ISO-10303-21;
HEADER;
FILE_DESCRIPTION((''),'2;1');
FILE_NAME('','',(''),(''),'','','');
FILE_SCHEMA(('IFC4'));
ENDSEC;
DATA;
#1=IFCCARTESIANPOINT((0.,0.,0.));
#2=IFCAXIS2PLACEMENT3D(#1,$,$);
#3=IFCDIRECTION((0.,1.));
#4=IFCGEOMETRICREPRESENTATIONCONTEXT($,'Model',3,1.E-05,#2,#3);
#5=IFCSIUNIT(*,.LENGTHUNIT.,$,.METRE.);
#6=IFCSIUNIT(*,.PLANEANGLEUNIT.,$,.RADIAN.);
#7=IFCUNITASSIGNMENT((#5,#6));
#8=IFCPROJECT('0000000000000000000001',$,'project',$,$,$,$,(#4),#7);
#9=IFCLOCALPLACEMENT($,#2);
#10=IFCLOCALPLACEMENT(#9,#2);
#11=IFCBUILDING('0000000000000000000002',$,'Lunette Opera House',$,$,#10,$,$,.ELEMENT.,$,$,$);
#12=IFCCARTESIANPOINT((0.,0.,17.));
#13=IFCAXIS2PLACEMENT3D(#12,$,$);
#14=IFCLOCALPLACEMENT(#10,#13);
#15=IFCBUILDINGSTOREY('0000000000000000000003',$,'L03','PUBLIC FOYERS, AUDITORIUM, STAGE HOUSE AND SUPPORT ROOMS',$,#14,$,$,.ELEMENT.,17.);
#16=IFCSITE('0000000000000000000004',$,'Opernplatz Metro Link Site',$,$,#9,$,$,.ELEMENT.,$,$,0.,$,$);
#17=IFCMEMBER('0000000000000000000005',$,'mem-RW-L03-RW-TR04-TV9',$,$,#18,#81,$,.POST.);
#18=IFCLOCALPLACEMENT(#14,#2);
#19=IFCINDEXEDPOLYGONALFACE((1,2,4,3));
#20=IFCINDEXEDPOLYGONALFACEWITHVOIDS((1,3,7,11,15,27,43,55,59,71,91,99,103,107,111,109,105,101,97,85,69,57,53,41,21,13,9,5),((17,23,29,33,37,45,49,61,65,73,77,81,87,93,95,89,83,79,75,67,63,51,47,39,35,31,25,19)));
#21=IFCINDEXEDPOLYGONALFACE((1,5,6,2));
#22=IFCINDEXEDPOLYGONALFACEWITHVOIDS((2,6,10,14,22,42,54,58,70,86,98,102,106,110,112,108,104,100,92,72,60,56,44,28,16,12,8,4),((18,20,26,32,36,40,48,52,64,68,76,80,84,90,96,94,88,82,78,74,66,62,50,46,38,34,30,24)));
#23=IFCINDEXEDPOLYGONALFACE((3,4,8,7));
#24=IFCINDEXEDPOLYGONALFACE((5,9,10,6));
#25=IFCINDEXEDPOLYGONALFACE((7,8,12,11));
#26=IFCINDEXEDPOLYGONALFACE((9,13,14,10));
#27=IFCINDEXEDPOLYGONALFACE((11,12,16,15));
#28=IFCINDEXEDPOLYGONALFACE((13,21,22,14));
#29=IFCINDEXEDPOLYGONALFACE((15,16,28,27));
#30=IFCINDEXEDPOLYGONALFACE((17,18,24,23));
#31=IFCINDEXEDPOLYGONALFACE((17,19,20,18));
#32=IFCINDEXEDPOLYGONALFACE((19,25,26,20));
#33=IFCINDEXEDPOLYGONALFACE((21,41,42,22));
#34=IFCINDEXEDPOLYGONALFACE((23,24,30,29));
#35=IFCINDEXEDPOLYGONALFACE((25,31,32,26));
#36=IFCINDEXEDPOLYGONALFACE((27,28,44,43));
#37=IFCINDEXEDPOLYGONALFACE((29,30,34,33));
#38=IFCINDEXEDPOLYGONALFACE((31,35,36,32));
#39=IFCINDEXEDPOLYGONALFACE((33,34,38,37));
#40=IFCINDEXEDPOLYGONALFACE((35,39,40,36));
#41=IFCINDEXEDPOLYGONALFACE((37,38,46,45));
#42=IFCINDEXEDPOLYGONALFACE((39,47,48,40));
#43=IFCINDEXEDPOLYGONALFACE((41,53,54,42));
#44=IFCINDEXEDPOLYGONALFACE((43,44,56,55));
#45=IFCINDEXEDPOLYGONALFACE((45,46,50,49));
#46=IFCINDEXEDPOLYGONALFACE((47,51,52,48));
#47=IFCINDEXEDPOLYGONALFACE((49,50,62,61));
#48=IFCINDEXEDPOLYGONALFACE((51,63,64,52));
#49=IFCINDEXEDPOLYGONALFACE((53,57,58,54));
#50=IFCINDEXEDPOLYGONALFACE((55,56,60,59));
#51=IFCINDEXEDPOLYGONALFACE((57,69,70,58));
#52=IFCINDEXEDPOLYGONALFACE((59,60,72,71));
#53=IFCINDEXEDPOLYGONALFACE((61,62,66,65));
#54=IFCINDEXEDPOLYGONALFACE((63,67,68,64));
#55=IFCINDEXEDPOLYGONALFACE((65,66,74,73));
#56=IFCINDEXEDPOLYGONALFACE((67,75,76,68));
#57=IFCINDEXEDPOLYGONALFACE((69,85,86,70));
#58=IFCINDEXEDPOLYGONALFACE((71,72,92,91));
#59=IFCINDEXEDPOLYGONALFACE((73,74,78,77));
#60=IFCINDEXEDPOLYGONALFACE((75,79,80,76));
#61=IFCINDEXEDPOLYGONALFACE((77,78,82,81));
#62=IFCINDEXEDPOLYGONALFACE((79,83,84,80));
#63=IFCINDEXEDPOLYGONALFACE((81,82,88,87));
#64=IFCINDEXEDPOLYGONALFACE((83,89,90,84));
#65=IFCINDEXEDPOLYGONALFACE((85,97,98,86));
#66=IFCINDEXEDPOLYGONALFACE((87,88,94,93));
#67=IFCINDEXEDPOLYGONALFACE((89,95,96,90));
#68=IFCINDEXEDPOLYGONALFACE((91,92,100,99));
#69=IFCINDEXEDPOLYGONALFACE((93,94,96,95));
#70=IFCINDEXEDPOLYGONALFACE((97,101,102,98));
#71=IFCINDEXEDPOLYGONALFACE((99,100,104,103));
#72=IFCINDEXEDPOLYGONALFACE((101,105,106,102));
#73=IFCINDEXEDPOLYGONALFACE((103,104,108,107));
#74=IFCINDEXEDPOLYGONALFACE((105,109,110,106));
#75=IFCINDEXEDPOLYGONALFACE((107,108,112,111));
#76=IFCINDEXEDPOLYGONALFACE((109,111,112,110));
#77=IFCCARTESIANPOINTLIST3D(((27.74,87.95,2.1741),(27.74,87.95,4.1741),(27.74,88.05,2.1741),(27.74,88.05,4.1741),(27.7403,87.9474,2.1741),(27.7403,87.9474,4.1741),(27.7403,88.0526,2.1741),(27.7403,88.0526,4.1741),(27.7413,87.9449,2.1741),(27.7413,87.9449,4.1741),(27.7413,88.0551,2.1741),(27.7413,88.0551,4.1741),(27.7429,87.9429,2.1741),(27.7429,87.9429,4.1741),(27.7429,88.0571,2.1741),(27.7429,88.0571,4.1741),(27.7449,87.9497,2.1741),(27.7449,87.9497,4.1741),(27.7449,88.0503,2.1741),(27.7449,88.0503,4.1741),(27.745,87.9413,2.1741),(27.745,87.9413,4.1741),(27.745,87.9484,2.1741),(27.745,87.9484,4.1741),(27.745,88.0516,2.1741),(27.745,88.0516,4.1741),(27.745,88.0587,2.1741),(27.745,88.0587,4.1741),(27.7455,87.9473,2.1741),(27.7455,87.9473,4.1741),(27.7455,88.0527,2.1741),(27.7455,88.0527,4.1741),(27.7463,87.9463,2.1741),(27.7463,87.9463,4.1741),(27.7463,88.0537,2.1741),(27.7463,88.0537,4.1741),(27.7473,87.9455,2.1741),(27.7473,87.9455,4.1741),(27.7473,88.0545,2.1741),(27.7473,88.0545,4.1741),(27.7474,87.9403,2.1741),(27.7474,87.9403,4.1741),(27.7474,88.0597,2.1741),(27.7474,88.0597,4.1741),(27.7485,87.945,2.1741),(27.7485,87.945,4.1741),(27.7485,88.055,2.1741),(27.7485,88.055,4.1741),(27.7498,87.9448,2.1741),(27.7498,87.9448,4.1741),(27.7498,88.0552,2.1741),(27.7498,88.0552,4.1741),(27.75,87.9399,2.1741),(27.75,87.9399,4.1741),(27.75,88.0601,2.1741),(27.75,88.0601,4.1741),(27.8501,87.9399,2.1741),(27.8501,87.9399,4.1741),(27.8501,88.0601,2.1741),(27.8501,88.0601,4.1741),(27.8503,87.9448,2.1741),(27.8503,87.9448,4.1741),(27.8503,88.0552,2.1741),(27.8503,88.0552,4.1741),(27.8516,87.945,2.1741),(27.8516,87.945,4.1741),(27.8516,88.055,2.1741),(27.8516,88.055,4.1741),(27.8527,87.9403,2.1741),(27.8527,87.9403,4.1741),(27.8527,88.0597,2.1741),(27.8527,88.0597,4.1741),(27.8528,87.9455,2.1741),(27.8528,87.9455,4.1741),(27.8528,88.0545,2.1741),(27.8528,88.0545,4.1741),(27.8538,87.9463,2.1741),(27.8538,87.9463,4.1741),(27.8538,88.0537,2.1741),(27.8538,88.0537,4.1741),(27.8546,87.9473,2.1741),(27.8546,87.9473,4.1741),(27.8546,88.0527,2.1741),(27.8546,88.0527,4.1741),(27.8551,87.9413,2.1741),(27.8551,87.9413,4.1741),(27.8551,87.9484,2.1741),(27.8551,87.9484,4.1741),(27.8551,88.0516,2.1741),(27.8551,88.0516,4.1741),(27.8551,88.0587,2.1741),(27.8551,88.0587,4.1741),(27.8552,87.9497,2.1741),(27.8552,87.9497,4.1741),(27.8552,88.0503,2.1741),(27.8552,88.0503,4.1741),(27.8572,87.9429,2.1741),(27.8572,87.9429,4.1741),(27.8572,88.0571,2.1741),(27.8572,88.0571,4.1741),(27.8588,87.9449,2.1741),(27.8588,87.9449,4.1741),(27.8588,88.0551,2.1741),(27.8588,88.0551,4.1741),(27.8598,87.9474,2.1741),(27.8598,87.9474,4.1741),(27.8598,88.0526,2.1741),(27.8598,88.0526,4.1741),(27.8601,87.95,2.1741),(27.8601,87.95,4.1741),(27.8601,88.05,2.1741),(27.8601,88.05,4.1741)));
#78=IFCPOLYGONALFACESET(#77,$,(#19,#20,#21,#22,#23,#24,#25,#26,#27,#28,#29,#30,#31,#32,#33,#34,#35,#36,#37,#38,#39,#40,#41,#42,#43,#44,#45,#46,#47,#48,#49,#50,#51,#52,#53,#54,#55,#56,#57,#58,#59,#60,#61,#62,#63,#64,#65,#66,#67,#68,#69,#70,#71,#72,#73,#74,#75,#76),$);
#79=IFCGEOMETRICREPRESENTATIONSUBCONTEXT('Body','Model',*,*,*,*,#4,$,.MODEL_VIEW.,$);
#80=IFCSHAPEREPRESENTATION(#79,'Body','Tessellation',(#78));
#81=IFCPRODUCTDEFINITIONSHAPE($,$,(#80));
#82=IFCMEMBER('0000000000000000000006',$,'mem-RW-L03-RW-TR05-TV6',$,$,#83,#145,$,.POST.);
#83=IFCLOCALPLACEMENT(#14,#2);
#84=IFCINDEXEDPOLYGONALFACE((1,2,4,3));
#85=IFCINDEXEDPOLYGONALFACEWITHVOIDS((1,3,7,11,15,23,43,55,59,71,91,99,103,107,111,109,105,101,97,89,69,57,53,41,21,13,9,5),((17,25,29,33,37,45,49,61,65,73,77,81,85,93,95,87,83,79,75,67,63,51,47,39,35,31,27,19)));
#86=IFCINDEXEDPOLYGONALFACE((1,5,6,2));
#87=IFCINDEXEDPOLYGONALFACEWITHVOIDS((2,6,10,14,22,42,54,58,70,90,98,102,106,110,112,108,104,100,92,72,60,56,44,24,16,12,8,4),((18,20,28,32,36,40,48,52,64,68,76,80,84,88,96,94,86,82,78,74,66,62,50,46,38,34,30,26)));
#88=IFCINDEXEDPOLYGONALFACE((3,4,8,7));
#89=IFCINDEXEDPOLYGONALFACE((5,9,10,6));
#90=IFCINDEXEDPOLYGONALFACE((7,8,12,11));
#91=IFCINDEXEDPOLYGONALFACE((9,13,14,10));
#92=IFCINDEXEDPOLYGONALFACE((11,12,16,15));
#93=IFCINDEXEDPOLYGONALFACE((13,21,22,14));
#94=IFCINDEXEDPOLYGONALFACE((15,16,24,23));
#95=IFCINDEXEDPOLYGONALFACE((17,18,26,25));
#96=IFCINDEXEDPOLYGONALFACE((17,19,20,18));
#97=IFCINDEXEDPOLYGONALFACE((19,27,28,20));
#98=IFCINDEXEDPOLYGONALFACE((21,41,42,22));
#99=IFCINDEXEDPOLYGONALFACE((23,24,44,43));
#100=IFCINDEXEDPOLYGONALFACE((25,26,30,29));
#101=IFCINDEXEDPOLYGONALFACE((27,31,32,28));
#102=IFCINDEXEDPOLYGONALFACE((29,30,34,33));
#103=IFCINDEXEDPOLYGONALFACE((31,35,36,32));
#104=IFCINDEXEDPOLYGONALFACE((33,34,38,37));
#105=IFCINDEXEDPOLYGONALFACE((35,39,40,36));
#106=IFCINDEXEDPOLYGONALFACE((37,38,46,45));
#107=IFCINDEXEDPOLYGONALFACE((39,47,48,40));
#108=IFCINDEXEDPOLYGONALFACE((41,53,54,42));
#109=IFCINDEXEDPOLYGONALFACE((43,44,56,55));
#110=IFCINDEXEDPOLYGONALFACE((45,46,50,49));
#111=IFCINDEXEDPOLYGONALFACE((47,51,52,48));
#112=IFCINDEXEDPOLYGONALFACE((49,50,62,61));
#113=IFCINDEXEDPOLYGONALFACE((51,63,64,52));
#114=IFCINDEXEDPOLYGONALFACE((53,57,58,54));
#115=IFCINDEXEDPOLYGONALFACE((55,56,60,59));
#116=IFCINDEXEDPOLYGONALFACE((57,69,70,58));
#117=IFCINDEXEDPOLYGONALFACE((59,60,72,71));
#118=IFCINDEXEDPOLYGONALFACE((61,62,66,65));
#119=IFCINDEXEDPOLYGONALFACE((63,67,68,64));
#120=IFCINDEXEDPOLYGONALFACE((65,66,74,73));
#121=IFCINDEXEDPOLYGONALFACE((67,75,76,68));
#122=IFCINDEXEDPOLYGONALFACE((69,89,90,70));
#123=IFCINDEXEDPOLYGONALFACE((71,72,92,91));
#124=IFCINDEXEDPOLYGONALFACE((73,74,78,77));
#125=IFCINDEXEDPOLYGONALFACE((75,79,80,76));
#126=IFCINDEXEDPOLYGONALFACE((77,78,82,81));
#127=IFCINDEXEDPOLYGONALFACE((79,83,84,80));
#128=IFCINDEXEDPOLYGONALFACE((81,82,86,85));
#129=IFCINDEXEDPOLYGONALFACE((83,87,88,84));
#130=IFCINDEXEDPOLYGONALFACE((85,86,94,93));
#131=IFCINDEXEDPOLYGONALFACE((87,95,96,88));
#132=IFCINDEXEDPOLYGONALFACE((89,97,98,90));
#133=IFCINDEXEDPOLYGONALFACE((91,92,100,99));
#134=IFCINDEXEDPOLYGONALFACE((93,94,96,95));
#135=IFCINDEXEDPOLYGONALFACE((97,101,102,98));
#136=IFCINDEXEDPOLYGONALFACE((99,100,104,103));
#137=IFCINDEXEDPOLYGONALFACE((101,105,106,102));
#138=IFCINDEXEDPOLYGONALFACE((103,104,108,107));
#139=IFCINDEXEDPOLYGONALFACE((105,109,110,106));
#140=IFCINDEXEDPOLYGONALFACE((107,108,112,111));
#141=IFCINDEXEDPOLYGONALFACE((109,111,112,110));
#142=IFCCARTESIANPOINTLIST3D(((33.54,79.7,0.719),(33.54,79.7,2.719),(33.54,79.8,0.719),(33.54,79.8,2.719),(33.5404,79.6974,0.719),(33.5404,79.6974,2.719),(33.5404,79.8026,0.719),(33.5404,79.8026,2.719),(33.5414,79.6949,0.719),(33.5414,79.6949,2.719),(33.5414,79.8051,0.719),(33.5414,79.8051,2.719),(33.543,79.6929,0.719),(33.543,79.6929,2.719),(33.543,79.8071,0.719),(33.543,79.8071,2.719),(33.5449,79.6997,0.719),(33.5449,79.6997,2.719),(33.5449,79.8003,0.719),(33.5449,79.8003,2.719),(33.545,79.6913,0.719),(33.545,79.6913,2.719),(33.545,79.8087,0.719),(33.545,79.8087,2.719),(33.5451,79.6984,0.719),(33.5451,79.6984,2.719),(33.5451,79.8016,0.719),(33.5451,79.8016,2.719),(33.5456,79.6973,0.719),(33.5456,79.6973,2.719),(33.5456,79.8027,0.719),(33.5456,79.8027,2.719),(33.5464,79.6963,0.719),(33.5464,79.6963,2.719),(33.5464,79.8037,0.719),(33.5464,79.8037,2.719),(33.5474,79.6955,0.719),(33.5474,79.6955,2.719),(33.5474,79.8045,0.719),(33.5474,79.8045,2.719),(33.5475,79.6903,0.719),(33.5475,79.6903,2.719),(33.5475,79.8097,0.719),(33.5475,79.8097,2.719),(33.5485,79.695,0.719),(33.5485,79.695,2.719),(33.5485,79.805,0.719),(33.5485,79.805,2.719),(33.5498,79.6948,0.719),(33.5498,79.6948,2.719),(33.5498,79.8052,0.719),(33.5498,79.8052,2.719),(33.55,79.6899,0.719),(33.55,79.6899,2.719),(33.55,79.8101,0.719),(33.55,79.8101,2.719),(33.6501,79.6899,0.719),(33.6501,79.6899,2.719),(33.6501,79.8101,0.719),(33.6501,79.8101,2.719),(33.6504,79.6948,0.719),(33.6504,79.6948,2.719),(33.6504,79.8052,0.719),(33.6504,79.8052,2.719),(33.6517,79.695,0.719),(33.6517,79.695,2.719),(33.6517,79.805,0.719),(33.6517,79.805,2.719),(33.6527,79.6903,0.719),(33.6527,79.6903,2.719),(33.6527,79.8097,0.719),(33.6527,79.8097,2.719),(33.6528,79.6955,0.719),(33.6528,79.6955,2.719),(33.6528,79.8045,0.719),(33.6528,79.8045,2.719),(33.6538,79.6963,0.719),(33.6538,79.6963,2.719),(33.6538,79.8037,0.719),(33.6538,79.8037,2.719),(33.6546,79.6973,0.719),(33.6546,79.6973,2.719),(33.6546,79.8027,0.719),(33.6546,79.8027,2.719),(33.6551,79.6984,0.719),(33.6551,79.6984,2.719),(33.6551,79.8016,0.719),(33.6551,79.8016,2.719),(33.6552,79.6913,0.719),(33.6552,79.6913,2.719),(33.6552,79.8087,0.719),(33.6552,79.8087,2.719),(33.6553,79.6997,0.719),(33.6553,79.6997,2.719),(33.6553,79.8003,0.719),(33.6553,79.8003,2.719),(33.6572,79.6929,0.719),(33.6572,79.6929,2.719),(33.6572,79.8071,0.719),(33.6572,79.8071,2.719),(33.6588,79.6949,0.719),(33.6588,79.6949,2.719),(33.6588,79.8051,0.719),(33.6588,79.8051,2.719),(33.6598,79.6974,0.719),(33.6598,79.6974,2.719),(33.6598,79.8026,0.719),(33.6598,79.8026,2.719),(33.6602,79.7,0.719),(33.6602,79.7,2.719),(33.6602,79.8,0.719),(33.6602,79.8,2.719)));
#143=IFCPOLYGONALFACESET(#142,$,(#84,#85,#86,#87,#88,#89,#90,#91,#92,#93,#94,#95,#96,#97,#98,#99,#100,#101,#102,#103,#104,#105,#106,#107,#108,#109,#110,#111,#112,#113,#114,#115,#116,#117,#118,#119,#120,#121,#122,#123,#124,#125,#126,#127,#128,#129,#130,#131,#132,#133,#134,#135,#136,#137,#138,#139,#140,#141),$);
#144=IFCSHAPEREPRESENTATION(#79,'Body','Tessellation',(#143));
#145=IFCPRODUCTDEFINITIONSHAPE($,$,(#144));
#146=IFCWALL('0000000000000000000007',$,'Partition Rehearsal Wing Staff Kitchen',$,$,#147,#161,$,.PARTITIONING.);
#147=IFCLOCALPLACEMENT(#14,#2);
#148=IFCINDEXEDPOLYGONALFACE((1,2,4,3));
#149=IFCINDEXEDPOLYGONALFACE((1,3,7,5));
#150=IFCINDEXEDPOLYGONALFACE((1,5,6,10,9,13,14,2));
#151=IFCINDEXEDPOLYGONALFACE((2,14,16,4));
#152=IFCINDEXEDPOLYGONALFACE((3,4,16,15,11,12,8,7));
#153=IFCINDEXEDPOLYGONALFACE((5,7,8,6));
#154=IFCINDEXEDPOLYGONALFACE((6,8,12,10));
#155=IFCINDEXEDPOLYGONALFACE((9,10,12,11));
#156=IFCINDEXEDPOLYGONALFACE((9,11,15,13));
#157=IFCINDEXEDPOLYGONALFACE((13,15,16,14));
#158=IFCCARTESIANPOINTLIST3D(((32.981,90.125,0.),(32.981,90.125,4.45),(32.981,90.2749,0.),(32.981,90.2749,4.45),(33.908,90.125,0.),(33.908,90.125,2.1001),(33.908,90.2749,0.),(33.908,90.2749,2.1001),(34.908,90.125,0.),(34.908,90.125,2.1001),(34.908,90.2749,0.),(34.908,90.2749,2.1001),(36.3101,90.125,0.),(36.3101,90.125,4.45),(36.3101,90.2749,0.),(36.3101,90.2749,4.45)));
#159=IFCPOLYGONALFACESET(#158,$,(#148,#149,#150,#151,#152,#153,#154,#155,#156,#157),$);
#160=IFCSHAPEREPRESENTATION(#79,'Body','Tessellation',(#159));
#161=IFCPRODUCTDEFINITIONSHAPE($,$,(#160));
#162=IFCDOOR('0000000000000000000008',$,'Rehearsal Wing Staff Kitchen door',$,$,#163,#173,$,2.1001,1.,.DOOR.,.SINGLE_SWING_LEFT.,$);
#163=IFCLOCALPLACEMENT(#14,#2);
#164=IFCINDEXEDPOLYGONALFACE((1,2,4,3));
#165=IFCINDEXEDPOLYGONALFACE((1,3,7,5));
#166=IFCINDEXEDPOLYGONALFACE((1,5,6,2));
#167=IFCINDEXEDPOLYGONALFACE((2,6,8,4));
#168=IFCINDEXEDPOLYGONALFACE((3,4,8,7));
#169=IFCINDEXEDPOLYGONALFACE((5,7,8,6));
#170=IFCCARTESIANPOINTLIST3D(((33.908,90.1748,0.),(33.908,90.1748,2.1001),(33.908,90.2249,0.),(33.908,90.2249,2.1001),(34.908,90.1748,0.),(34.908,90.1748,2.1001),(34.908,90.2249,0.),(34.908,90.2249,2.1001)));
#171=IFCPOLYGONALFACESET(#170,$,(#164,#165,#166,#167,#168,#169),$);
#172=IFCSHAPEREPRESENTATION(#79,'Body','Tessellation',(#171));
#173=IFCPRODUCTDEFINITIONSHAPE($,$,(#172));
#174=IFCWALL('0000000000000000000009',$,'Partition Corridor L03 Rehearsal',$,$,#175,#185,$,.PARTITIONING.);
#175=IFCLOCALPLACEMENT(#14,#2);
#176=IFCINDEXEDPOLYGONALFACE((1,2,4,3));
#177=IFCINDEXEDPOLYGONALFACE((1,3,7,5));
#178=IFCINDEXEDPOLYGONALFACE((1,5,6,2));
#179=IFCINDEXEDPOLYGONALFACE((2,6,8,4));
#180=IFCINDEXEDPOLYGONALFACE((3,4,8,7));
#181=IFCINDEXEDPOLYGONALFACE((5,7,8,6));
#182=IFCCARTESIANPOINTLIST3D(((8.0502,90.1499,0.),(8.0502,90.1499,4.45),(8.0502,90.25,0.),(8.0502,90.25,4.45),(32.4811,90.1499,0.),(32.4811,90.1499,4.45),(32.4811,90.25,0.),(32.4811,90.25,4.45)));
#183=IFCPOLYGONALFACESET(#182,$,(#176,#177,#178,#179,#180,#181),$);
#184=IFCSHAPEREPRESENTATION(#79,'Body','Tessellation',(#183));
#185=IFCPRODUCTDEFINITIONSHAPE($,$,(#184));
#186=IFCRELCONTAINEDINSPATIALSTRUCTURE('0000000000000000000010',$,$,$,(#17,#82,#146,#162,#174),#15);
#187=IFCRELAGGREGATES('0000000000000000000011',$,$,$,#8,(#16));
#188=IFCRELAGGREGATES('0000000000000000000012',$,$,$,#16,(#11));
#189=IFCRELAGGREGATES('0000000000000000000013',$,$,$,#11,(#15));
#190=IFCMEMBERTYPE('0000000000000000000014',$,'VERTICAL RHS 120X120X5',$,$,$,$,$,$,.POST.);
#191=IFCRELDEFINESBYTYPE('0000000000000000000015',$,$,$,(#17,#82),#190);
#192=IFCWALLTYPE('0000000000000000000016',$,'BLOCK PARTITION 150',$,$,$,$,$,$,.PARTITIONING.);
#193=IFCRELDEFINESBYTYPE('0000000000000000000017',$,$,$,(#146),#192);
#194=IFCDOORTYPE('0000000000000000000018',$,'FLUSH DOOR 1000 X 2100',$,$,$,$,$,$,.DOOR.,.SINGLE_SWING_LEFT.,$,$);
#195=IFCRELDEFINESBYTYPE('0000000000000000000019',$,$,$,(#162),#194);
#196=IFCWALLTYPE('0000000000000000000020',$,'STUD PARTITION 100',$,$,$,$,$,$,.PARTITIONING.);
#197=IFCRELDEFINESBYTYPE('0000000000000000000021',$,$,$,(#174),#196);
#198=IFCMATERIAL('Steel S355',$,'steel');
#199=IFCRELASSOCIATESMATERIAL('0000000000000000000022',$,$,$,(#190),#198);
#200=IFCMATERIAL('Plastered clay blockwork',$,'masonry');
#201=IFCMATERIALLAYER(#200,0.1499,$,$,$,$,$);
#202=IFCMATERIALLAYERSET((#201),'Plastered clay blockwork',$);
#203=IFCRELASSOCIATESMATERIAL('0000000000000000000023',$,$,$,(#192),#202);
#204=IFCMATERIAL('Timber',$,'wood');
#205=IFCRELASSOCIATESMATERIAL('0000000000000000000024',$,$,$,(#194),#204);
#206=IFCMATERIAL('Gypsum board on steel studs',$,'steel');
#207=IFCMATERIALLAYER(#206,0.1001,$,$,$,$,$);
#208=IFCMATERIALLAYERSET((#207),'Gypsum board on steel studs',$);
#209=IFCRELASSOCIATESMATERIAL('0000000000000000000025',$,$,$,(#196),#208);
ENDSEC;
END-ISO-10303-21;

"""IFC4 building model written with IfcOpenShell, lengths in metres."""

from ifc_helpers import new_model, si_unit, direction, frame, frame_2d, origin, origin_2d, place, context, subcontext, project, spatial, rectangle, hollow_rectangle, extrude, material, layer, layer_set, material_profile, profile_set, type_object, element, fill, save


model = new_model("IFC4")

# Units and contexts
model_context = context("Model", 3, precision=1e-05, world=origin(), true_north=direction((0.0, 1.0)))
body_context = subcontext(model_context, "Body", "Model", "MODEL_VIEW")
ifc_project = project(units=[si_unit("LENGTHUNIT", "METRE"), si_unit("PLANEANGLEUNIT", "RADIAN")], contexts=[model_context])

# Site, building, storey
site_placement = place(None, origin())
site = spatial("IfcSite", under=ifc_project, at=site_placement, Name="Opernplatz Metro Link Site", CompositionType="ELEMENT", RefElevation=0.0)
building_placement = place(site_placement, origin())
building = spatial("IfcBuilding", under=site, at=building_placement, Name="Lunette Opera House", CompositionType="ELEMENT")
storey_placement = place(building_placement, frame((0.0, 0.0, 17.0)))
storey = spatial("IfcBuildingStorey", under=building, at=storey_placement, Name="L03", Description="PUBLIC FOYERS, AUDITORIUM, STAGE HOUSE AND SUPPORT ROOMS", CompositionType="ELEMENT", Elevation=17.0)

# Members
ifc_material_1 = material(Name="Steel S355", Category="steel")
ifc_material_profile_1 = material_profile(ifc_material_1, hollow_rectangle(XDim=0.1201, YDim=0.1201, WallThickness=0.0049, InnerFilletRadius=0.0049, OuterFilletRadius=0.01, at=origin_2d()), Name="RHS 120X120X5")
ifc_profile_set_1 = profile_set([ifc_material_profile_1], Name="Steel S355")
member_type_1 = type_object("IfcMemberType", Name="VERTICAL RHS 120X120X5", PredefinedType="POST", material=ifc_profile_set_1)
for number, where, z_axis, x_axis, name in (
    (1, (27.8, 88.0, 2.1741), (0.0, 0.0, 1.0), (1.0, 0.0, 0.0), "mem-RW-L03-RW-TR04-TV9"),
    (2, (33.6001, 79.75, 0.719), (0.0, 0.0, 1.0), (1.0, 0.0, 0.0), "mem-RW-L03-RW-TR05-TV6"),
):
    element("IfcMember", number, at=place(storey_placement, frame(where, z_axis=z_axis, x_axis=x_axis)), inside=storey, type_object=member_type_1, Name=name, PredefinedType="POST", context=body_context, shape_type="SweptSolid", body=[
        extrude(hollow_rectangle(XDim=0.1201, YDim=0.1201, WallThickness=0.0049, InnerFilletRadius=0.0049, OuterFilletRadius=0.01, at=origin_2d()), origin(), (0.0, 0.0, 1.0), 2.0),
    ])

# Wall, opening, door
ifc_material_2 = material(Name="Plastered clay blockwork", Category="masonry")
ifc_layer_1 = layer(ifc_material_2, 0.1499)
ifc_layer_set_1 = layer_set([ifc_layer_1], Name="Plastered clay blockwork")
wall_type_1 = type_object("IfcWallType", Name="BLOCK PARTITION 150", PredefinedType="PARTITIONING", material=ifc_layer_set_1)
wall_1_placement = place(storey_placement, frame((32.981, 90.2, 0.0), z_axis=(0.0, 0.0, 1.0), x_axis=(1.0, 0.0, 0.0)))
wall_1 = element("IfcWall", 3, at=wall_1_placement, inside=storey, type_object=wall_type_1, Name="Partition Rehearsal Wing Staff Kitchen", PredefinedType="PARTITIONING", context=body_context, shape_type="SweptSolid", body=[
    extrude(rectangle(XDim=3.3291, YDim=0.1499, at=frame_2d((1.6646, 0.0))), origin(), (0.0, 0.0, 1.0), 4.45),
])
opening_placement = place(wall_1_placement, frame((0.927, 0.0, 0.0)))
opening = element("IfcOpeningElement", 4, at=opening_placement, cuts=wall_1, PredefinedType="OPENING", context=body_context, shape_type="SweptSolid", body=[
    extrude(rectangle(XDim=1.0, YDim=2.1001, at=frame_2d((0.5, 1.05))), frame((0.0, 0.0869, 0.0), z_axis=(0.0, -1.0, 0.0), x_axis=(1.0, 0.0, 0.0)), (0.0, 0.0, 1.0), 0.1738),
])
ifc_material_3 = material(Name="Timber", Category="wood")
door_type = type_object("IfcDoorType", Name="FLUSH DOOR 1000 X 2100", OperationType="SINGLE_SWING_LEFT", PredefinedType="DOOR", material=ifc_material_3)
door_placement = place(opening_placement, origin())
door = element("IfcDoor", 5, at=door_placement, inside=storey, type_object=door_type, Name="Rehearsal Wing Staff Kitchen door", OperationType="SINGLE_SWING_LEFT", OverallHeight=2.1001, OverallWidth=1.0, PredefinedType="DOOR", context=body_context, shape_type="SweptSolid", body=[
    extrude(rectangle(XDim=1.0, YDim=2.1001, at=frame_2d((0.5, 1.05))), frame((0.0, 0.0249, 0.0), z_axis=(0.0, -1.0, 0.0), x_axis=(1.0, 0.0, 0.0)), (0.0, 0.0, 1.0), 0.05),
])
fill(opening, door)

# Wall
ifc_material_4 = material(Name="Gypsum board on steel studs", Category="steel")
ifc_layer_2 = layer(ifc_material_4, 0.1001)
ifc_layer_set_2 = layer_set([ifc_layer_2], Name="Gypsum board on steel studs")
wall_type_2 = type_object("IfcWallType", Name="STUD PARTITION 100", PredefinedType="PARTITIONING", material=ifc_layer_set_2)
wall_2_placement = place(storey_placement, frame((32.481, 90.2, 0.0), z_axis=(0.0, 0.0, 1.0), x_axis=(-1.0, 0.0, 0.0)))
element("IfcWall", 6, at=wall_2_placement, inside=storey, type_object=wall_type_2, Name="Partition Corridor L03 Rehearsal", PredefinedType="PARTITIONING", context=body_context, shape_type="SweptSolid", body=[
    extrude(rectangle(XDim=24.4309, YDim=0.1001, at=frame_2d((12.2153, 0.0))), origin(), (0.0, 0.0, 1.0), 4.45),
])

save(model, "model.ifc")
